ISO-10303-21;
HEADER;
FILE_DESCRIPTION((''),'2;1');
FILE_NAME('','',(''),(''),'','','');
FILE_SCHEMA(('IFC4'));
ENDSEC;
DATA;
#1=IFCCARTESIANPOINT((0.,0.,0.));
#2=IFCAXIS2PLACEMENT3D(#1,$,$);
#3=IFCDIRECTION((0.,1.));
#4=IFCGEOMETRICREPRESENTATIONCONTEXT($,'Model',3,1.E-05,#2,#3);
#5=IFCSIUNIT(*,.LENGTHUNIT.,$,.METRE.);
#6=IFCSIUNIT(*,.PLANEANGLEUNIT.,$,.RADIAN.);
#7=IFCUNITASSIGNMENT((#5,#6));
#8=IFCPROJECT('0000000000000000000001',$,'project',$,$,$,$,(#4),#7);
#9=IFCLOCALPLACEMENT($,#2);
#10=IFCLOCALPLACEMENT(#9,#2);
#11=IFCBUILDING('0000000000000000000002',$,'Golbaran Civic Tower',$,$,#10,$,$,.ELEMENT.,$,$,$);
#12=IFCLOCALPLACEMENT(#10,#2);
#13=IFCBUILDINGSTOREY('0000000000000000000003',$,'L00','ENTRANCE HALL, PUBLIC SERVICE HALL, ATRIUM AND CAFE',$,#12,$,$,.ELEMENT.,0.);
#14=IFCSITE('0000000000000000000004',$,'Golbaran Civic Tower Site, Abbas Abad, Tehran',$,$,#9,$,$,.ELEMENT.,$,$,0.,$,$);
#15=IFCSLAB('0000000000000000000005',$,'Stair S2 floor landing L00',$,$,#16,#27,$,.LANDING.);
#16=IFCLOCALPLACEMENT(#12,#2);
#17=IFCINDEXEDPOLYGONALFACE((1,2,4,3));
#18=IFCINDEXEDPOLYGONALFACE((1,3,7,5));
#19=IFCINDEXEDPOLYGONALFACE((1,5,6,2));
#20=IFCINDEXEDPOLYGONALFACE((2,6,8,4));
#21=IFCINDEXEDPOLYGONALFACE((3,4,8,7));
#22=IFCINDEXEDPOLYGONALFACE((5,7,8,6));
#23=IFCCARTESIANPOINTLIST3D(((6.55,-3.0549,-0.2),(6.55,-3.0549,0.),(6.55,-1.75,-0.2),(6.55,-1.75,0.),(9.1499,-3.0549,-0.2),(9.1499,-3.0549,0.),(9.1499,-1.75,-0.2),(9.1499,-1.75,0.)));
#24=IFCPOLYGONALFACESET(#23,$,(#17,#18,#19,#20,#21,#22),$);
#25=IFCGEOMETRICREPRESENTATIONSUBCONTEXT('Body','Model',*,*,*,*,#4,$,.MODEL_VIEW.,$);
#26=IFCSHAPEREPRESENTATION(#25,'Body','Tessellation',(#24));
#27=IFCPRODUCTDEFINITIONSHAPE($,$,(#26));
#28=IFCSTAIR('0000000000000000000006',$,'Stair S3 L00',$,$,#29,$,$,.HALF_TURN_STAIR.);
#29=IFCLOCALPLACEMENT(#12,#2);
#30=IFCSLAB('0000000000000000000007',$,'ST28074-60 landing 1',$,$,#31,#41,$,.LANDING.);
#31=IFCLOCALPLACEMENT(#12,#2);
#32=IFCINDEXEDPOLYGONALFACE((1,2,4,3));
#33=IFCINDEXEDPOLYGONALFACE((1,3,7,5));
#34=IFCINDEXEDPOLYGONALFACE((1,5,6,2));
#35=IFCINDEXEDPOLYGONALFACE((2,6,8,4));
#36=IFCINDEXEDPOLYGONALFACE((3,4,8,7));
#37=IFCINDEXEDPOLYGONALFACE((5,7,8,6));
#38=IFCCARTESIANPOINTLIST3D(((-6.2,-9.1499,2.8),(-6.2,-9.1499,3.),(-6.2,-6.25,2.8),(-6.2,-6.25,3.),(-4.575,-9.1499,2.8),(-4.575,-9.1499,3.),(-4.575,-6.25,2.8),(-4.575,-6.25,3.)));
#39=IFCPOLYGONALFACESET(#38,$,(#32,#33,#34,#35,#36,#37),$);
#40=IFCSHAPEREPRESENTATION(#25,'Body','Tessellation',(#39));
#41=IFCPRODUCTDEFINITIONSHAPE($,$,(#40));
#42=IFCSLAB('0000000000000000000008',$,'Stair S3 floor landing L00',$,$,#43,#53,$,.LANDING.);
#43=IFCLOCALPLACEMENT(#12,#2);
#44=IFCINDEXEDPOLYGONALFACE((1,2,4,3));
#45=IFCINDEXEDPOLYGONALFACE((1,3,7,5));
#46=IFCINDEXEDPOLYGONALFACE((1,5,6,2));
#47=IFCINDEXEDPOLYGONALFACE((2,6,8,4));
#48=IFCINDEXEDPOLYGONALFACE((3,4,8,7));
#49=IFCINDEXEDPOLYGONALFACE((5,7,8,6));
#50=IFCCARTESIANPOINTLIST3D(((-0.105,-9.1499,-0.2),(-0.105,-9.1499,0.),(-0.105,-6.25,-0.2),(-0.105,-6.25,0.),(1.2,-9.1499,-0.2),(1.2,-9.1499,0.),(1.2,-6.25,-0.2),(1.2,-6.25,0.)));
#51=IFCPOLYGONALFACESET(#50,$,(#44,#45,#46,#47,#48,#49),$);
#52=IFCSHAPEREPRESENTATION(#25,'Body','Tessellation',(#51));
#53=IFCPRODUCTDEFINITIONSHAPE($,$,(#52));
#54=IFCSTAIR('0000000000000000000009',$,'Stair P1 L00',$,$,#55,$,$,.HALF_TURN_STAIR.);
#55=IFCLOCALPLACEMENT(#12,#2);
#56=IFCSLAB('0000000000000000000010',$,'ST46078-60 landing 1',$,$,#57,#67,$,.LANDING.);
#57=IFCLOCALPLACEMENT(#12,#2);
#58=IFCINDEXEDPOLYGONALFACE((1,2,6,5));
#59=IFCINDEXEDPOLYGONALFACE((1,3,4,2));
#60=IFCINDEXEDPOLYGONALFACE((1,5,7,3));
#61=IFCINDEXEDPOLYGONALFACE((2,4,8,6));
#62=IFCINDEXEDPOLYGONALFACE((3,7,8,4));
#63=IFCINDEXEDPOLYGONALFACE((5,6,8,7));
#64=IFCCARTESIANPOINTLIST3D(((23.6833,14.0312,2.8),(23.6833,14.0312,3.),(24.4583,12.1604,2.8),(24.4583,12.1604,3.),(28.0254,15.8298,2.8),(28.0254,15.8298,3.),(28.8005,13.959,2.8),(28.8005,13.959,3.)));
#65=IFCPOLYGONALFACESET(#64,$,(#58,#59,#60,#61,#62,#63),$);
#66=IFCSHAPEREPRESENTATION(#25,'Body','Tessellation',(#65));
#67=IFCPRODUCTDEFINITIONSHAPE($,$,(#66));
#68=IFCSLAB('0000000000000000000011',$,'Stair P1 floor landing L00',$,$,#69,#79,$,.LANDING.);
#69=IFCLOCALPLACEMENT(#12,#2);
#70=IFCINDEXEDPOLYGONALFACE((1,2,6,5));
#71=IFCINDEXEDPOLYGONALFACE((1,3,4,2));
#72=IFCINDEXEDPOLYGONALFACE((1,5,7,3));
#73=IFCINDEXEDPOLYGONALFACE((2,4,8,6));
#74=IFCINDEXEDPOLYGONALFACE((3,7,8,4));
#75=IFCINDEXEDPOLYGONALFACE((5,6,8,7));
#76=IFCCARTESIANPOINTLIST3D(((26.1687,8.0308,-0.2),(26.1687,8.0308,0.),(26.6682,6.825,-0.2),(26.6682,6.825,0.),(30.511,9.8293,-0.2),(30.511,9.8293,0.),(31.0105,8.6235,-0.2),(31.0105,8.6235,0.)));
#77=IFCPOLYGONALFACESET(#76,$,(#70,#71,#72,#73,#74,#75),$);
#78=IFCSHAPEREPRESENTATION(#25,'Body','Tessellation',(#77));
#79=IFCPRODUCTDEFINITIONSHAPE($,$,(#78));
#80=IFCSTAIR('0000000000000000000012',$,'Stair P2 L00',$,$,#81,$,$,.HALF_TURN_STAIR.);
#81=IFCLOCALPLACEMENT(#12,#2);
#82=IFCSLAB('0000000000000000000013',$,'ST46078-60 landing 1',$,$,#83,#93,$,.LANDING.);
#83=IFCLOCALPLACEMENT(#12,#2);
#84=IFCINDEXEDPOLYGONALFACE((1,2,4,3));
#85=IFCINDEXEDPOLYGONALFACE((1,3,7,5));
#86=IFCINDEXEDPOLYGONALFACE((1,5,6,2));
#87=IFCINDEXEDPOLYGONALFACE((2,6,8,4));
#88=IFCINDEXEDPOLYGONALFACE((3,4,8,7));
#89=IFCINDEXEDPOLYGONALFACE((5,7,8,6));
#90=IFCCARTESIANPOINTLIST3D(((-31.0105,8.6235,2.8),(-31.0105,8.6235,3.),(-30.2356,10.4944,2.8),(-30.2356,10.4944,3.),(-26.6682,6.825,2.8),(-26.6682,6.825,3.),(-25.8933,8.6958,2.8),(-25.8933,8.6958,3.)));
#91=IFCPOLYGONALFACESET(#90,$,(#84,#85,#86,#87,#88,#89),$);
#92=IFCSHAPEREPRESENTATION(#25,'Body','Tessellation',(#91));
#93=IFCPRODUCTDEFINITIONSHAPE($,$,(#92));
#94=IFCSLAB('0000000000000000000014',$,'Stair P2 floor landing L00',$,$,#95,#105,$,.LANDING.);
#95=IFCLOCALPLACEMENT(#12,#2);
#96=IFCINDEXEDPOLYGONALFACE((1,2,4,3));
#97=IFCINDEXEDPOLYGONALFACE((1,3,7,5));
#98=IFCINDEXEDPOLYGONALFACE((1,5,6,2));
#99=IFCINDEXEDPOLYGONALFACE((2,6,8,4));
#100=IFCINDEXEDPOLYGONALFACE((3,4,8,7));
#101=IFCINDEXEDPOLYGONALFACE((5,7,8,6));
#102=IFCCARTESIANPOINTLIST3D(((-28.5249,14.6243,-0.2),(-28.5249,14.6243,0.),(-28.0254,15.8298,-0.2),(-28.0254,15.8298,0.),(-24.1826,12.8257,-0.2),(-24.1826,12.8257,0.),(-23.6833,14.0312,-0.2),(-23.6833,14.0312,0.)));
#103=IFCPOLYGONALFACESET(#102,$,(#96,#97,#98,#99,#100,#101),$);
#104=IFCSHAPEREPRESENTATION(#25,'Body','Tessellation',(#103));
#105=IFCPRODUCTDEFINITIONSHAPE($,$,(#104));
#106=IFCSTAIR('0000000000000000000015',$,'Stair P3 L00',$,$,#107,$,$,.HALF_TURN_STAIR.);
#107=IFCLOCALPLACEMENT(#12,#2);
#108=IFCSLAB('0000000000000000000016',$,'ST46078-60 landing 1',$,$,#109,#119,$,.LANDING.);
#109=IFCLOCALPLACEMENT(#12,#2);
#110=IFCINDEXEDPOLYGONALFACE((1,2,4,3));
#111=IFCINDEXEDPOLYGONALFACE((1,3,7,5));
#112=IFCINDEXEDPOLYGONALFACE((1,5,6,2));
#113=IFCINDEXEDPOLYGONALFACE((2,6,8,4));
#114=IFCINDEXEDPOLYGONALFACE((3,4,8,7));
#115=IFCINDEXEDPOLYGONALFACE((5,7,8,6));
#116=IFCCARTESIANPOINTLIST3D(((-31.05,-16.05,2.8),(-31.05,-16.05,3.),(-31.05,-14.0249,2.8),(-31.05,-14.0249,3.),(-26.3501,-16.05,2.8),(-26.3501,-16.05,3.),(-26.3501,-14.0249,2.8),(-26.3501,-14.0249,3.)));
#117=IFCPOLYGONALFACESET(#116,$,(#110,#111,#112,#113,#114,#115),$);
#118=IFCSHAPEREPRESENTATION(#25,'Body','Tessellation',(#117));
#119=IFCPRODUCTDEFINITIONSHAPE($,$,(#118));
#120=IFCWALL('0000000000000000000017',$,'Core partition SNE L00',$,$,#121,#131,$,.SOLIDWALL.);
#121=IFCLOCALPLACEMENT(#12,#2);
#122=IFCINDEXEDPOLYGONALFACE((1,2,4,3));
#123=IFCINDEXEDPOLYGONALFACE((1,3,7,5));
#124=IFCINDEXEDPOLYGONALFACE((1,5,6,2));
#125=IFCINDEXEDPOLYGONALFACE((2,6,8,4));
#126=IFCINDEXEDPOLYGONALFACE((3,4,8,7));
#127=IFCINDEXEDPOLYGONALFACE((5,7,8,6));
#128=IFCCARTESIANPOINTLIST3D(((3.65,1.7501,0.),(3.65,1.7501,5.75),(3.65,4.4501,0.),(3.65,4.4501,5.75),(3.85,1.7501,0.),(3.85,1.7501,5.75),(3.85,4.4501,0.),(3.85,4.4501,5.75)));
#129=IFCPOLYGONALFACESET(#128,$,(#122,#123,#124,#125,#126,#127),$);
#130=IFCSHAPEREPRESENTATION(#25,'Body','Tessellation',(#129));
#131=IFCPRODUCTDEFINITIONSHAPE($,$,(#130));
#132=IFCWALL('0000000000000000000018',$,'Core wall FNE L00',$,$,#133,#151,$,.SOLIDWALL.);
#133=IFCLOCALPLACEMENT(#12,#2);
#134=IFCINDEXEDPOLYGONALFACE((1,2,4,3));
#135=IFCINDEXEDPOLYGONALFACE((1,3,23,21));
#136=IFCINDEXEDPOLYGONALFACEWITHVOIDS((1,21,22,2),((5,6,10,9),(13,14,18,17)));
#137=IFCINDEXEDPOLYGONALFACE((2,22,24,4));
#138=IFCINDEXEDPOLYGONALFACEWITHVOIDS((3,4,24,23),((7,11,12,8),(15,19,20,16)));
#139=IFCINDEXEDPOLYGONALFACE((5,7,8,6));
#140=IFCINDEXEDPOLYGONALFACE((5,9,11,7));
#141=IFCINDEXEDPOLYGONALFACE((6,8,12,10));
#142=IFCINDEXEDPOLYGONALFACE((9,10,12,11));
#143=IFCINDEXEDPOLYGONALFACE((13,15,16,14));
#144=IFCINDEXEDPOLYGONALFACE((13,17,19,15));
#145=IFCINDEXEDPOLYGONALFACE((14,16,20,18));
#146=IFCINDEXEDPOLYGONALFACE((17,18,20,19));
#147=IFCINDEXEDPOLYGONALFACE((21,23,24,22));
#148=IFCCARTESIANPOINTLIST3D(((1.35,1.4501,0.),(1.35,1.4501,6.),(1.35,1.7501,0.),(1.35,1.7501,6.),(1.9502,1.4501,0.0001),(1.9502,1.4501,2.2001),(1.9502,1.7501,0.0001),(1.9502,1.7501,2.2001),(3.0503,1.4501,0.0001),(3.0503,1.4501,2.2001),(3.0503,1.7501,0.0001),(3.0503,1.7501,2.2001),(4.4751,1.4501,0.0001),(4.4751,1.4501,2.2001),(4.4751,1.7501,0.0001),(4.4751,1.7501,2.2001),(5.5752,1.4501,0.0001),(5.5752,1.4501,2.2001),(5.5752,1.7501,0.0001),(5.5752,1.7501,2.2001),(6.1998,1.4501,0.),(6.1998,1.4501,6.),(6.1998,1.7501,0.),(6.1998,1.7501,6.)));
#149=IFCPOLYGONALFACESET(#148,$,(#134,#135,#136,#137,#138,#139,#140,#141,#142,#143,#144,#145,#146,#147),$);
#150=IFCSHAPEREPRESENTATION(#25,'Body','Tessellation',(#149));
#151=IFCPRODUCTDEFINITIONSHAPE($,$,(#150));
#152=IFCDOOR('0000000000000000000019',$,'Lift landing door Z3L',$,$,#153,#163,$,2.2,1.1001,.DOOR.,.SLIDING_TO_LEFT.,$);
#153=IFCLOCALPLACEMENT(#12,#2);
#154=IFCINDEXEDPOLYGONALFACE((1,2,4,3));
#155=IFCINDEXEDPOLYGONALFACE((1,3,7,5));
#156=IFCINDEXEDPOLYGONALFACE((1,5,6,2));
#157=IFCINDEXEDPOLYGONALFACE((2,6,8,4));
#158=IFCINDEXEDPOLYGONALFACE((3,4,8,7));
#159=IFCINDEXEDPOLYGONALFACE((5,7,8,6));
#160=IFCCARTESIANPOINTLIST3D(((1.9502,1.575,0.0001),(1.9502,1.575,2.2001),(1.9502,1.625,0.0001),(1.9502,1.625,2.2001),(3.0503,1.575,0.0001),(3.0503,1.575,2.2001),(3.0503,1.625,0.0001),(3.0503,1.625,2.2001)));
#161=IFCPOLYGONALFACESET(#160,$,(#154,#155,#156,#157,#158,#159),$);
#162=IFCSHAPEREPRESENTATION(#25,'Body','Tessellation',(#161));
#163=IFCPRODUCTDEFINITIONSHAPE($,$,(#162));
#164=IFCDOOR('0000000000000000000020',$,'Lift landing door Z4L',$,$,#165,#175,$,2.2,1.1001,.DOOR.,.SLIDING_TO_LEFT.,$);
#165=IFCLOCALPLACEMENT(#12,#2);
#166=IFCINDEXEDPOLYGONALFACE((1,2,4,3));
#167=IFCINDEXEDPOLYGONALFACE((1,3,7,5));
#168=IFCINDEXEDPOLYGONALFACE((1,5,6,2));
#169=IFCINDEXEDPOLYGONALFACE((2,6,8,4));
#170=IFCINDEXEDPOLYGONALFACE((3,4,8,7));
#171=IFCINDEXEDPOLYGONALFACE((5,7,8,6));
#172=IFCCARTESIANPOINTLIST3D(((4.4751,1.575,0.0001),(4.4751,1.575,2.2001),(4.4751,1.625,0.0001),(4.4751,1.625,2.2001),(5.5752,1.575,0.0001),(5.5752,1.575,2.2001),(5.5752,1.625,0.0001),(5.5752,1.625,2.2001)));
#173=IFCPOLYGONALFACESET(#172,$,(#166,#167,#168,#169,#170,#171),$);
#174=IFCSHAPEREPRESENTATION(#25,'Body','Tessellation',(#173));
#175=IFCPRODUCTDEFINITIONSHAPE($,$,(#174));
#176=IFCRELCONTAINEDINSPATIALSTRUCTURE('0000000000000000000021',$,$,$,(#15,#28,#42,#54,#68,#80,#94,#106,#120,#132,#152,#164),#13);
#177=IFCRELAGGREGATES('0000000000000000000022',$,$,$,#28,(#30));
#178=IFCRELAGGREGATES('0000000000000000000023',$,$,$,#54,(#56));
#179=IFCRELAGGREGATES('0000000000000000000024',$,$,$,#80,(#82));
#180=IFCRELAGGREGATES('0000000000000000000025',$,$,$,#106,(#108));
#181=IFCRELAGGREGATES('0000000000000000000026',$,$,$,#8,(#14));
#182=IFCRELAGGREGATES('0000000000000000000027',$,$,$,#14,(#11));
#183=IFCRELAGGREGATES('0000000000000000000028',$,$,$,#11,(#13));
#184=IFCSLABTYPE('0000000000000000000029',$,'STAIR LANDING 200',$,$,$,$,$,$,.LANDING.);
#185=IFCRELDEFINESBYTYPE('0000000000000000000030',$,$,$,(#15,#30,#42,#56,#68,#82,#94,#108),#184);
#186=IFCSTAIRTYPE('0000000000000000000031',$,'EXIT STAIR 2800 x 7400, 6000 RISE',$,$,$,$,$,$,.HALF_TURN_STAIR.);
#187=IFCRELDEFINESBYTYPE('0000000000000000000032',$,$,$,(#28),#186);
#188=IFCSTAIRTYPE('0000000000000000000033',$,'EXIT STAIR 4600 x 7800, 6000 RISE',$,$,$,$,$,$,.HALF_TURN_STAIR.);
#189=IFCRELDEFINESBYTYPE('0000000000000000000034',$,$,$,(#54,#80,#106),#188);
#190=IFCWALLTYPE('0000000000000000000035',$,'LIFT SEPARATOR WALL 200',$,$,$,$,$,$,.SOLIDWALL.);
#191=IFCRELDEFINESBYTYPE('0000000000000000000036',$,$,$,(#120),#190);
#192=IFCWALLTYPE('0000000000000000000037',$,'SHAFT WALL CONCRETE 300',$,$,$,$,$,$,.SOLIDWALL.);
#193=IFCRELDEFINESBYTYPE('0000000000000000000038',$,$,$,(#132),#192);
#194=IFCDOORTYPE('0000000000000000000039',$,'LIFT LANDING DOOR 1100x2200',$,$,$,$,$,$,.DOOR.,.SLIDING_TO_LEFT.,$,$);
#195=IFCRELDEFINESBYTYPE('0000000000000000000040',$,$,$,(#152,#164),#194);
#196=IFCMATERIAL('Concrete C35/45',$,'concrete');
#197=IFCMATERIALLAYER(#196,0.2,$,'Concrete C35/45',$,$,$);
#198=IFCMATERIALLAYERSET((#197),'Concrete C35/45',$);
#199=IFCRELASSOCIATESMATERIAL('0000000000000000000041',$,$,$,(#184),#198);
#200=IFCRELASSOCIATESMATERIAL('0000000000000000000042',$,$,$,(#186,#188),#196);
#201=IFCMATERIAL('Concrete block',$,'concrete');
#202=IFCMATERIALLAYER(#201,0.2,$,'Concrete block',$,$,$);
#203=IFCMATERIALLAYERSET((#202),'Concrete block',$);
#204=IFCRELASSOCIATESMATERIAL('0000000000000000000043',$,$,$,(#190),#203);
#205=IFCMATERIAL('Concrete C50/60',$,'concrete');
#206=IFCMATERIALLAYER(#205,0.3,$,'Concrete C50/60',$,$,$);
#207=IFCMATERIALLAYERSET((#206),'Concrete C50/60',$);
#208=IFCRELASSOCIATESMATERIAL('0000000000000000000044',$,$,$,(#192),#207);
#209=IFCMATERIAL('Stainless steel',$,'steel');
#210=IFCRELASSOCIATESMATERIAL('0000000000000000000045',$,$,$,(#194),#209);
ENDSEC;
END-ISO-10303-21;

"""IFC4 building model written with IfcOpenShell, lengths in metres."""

from ifc_helpers import new_model, si_unit, direction, frame, frame_2d, origin, place, context, subcontext, project, spatial, polyline, rectangle, outline, extrude, material, layer, layer_set, type_object, element, fill, aggregate, save


model = new_model("IFC4")

# Units and contexts
model_context = context("Model", 3, precision=1e-05, world=origin(), true_north=direction((0.0, 1.0)))
body_context = subcontext(model_context, "Body", "Model", "MODEL_VIEW")
ifc_project = project(units=[si_unit("LENGTHUNIT", "METRE"), si_unit("PLANEANGLEUNIT", "RADIAN")], contexts=[model_context])

# Site, building, storey
site_placement = place(None, origin())
site = spatial("IfcSite", under=ifc_project, at=site_placement, Name="Golbaran Civic Tower Site, Abbas Abad, Tehran", CompositionType="ELEMENT", RefElevation=0.0)
building_placement = place(site_placement, origin())
building = spatial("IfcBuilding", under=site, at=building_placement, Name="Golbaran Civic Tower", CompositionType="ELEMENT")
storey_placement = place(building_placement, origin())
storey = spatial("IfcBuildingStorey", under=building, at=storey_placement, Name="L00", Description="ENTRANCE HALL, PUBLIC SERVICE HALL, ATRIUM AND CAFE", CompositionType="ELEMENT", Elevation=0.0)

# Slab
ifc_material_1 = material(Name="Concrete C35/45", Category="concrete")
ifc_layer_1 = layer(ifc_material_1, 0.2, Name="Concrete C35/45")
ifc_layer_set_1 = layer_set([ifc_layer_1], Name="Concrete C35/45")
slab_type = type_object("IfcSlabType", Name="STAIR LANDING 200", PredefinedType="LANDING", material=ifc_layer_set_1)
slab_1_placement = place(storey_placement, frame((0.0, 0.0, -0.2)))
element("IfcSlab", 1, at=slab_1_placement, inside=storey, type_object=slab_type, Name="Stair S2 floor landing L00", PredefinedType="LANDING", context=body_context, shape_type="SweptSolid", body=[
    extrude(outline(polyline([(9.1499, -1.75), (9.1499, -3.0549), (6.55, -3.0549), (6.55, -1.75), (9.1499, -1.75)])), origin(), (0.0, 0.0, 1.0), 0.2),
])

# Stair, slab
stair_type_1 = type_object("IfcStairType", Name="EXIT STAIR 2800 x 7400, 6000 RISE", PredefinedType="HALF_TURN_STAIR", material=ifc_material_1)
stair_1_placement = place(storey_placement, origin())
stair_1 = element("IfcStair", 2, at=stair_1_placement, inside=storey, type_object=stair_type_1, Name="Stair S3 L00", PredefinedType="HALF_TURN_STAIR")
slab_2_placement = place(storey_placement, frame((0.0, 0.0, 2.8)))
slab_2 = element("IfcSlab", 3, at=slab_2_placement, type_object=slab_type, Name="ST28074-60 landing 1", PredefinedType="LANDING", context=body_context, shape_type="SweptSolid", body=[
    extrude(outline(polyline([(-4.575, -9.1499), (-6.2, -9.1499), (-6.2, -6.25), (-4.575, -6.25), (-4.575, -9.1499)])), origin(), (0.0, 0.0, 1.0), 0.2),
])
aggregate(stair_1, [slab_2])

# Slab
slab_3_placement = place(storey_placement, frame((0.0, 0.0, -0.2)))
element("IfcSlab", 4, at=slab_3_placement, inside=storey, type_object=slab_type, Name="Stair S3 floor landing L00", PredefinedType="LANDING", context=body_context, shape_type="SweptSolid", body=[
    extrude(outline(polyline([(1.2, -9.1499), (-0.105, -9.1499), (-0.105, -6.25), (1.2, -6.25), (1.2, -9.1499)])), origin(), (0.0, 0.0, 1.0), 0.2),
])

# Stair, slab
stair_type_2 = type_object("IfcStairType", Name="EXIT STAIR 4600 x 7800, 6000 RISE", PredefinedType="HALF_TURN_STAIR", material=ifc_material_1)
stair_2_placement = place(storey_placement, origin())
stair_2 = element("IfcStair", 5, at=stair_2_placement, inside=storey, type_object=stair_type_2, Name="Stair P1 L00", PredefinedType="HALF_TURN_STAIR")
slab_4_placement = place(storey_placement, frame((0.0, 0.0, 2.8)))
slab_4 = element("IfcSlab", 6, at=slab_4_placement, type_object=slab_type, Name="ST46078-60 landing 1", PredefinedType="LANDING", context=body_context, shape_type="SweptSolid", body=[
    extrude(outline(polyline([(24.4583, 12.1604), (23.6833, 14.0312), (28.0254, 15.8298), (28.8005, 13.959), (24.4583, 12.1604)])), origin(), (0.0, 0.0, 1.0), 0.2),
])
aggregate(stair_2, [slab_4])

# Slab
slab_5_placement = place(storey_placement, frame((0.0, 0.0, -0.2)))
element("IfcSlab", 7, at=slab_5_placement, inside=storey, type_object=slab_type, Name="Stair P1 floor landing L00", PredefinedType="LANDING", context=body_context, shape_type="SweptSolid", body=[
    extrude(outline(polyline([(26.6682, 6.825), (26.1687, 8.0308), (30.511, 9.8293), (31.0105, 8.6235), (26.6682, 6.825)])), origin(), (0.0, 0.0, 1.0), 0.2),
])

# Stair, slab
stair_3_placement = place(storey_placement, origin())
stair_3 = element("IfcStair", 8, at=stair_3_placement, inside=storey, type_object=stair_type_2, Name="Stair P2 L00", PredefinedType="HALF_TURN_STAIR")
slab_6_placement = place(storey_placement, frame((0.0, 0.0, 2.8)))
slab_6 = element("IfcSlab", 9, at=slab_6_placement, type_object=slab_type, Name="ST46078-60 landing 1", PredefinedType="LANDING", context=body_context, shape_type="SweptSolid", body=[
    extrude(outline(polyline([(-25.8933, 8.6958), (-26.6682, 6.825), (-31.0105, 8.6235), (-30.2356, 10.4944), (-25.8933, 8.6958)])), origin(), (0.0, 0.0, 1.0), 0.2),
])
aggregate(stair_3, [slab_6])

# Slab
slab_7_placement = place(storey_placement, frame((0.0, 0.0, -0.2)))
element("IfcSlab", 10, at=slab_7_placement, inside=storey, type_object=slab_type, Name="Stair P2 floor landing L00", PredefinedType="LANDING", context=body_context, shape_type="SweptSolid", body=[
    extrude(outline(polyline([(-23.6833, 14.0312), (-24.1826, 12.8257), (-28.5249, 14.6243), (-28.0254, 15.8298), (-23.6833, 14.0312)])), origin(), (0.0, 0.0, 1.0), 0.2),
])

# Stair, slab
stair_4_placement = place(storey_placement, origin())
stair_4 = element("IfcStair", 11, at=stair_4_placement, inside=storey, type_object=stair_type_2, Name="Stair P3 L00", PredefinedType="HALF_TURN_STAIR")
slab_8_placement = place(storey_placement, frame((0.0, 0.0, 2.8)))
slab_8 = element("IfcSlab", 12, at=slab_8_placement, type_object=slab_type, Name="ST46078-60 landing 1", PredefinedType="LANDING", context=body_context, shape_type="SweptSolid", body=[
    extrude(outline(polyline([(-26.3501, -14.0249), (-26.3501, -16.05), (-31.05, -16.05), (-31.05, -14.0249), (-26.3501, -14.0249)])), origin(), (0.0, 0.0, 1.0), 0.2),
])
aggregate(stair_4, [slab_8])

# Wall
ifc_material_2 = material(Name="Concrete block", Category="concrete")
ifc_layer_2 = layer(ifc_material_2, 0.2, Name="Concrete block")
ifc_layer_set_2 = layer_set([ifc_layer_2], Name="Concrete block")
wall_type_1 = type_object("IfcWallType", Name="LIFT SEPARATOR WALL 200", PredefinedType="SOLIDWALL", material=ifc_layer_set_2)
wall_1_placement = place(storey_placement, frame((3.75, 1.75, 0.0), z_axis=(0.0, 0.0, 1.0), x_axis=(0.0, 1.0, 0.0)))
element("IfcWall", 13, at=wall_1_placement, inside=storey, type_object=wall_type_1, Name="Core partition SNE L00", PredefinedType="SOLIDWALL", context=body_context, shape_type="SweptSolid", body=[
    extrude(rectangle(XDim=2.7, YDim=0.2, at=frame_2d((1.3501, 0.0))), origin(), (0.0, 0.0, 1.0), 5.75),
])

# Wall, openings, doors
ifc_material_3 = material(Name="Concrete C50/60", Category="concrete")
ifc_layer_3 = layer(ifc_material_3, 0.3, Name="Concrete C50/60")
ifc_layer_set_3 = layer_set([ifc_layer_3], Name="Concrete C50/60")
wall_type_2 = type_object("IfcWallType", Name="SHAFT WALL CONCRETE 300", PredefinedType="SOLIDWALL", material=ifc_layer_set_3)
wall_2_placement = place(storey_placement, frame((1.3501, 1.6001, 0.0), z_axis=(0.0, 0.0, 1.0), x_axis=(1.0, 0.0, 0.0)))
wall_2 = element("IfcWall", 14, at=wall_2_placement, inside=storey, type_object=wall_type_2, Name="Core wall FNE L00", PredefinedType="SOLIDWALL", context=body_context, shape_type="SweptSolid", body=[
    extrude(rectangle(XDim=4.8499, YDim=0.3, at=frame_2d((2.4248, 0.0))), origin(), (0.0, 0.0, 1.0), 6.0),
])
opening_1_placement = place(wall_2_placement, frame((0.6001, 0.0, 0.0)))
opening_1 = element("IfcOpeningElement", 15, at=opening_1_placement, cuts=wall_2, PredefinedType="OPENING", context=body_context, shape_type="SweptSolid", body=[
    extrude(rectangle(XDim=1.1001, YDim=2.2, at=frame_2d((0.55, 1.1001))), frame((0.0, 0.1599, 0.0), z_axis=(0.0, -1.0, 0.0), x_axis=(1.0, 0.0, 0.0)), (0.0, 0.0, 1.0), 0.3201),
])
opening_2_placement = place(wall_2_placement, frame((3.125, 0.0, 0.0)))
opening_2 = element("IfcOpeningElement", 16, at=opening_2_placement, cuts=wall_2, PredefinedType="OPENING", context=body_context, shape_type="SweptSolid", body=[
    extrude(rectangle(XDim=1.1001, YDim=2.2, at=frame_2d((0.55, 1.1001))), frame((0.0, 0.1599, 0.0), z_axis=(0.0, -1.0, 0.0), x_axis=(1.0, 0.0, 0.0)), (0.0, 0.0, 1.0), 0.3201),
])
ifc_material_4 = material(Name="Stainless steel", Category="steel")
door_type_1 = type_object("IfcDoorType", Name="LIFT LANDING DOOR 1100x2200", OperationType="SLIDING_TO_LEFT", PredefinedType="DOOR", material=ifc_material_4)
door_1_placement = place(opening_1_placement, origin())
door_1 = element("IfcDoor", 17, at=door_1_placement, inside=storey, type_object=door_type_1, Name="Lift landing door Z3L", OperationType="SLIDING_TO_LEFT", OverallHeight=2.2, OverallWidth=1.1001, PredefinedType="DOOR", context=body_context, shape_type="SweptSolid", body=[
    extrude(rectangle(XDim=1.1001, YDim=2.2, at=frame_2d((0.55, 1.1001))), frame((0.0, 0.0249, 0.0), z_axis=(0.0, -1.0, 0.0), x_axis=(1.0, 0.0, 0.0)), (0.0, 0.0, 1.0), 0.05),
])
fill(opening_1, door_1)
door_2_placement = place(opening_2_placement, origin())
door_2 = element("IfcDoor", 18, at=door_2_placement, inside=storey, type_object=door_type_1, Name="Lift landing door Z4L", OperationType="SLIDING_TO_LEFT", OverallHeight=2.2, OverallWidth=1.1001, PredefinedType="DOOR", context=body_context, shape_type="SweptSolid", body=[
    extrude(rectangle(XDim=1.1001, YDim=2.2, at=frame_2d((0.55, 1.1001))), frame((0.0, 0.0249, 0.0), z_axis=(0.0, -1.0, 0.0), x_axis=(1.0, 0.0, 0.0)), (0.0, 0.0, 1.0), 0.05),
])
fill(opening_2, door_2)

save(model, "model.ifc")
